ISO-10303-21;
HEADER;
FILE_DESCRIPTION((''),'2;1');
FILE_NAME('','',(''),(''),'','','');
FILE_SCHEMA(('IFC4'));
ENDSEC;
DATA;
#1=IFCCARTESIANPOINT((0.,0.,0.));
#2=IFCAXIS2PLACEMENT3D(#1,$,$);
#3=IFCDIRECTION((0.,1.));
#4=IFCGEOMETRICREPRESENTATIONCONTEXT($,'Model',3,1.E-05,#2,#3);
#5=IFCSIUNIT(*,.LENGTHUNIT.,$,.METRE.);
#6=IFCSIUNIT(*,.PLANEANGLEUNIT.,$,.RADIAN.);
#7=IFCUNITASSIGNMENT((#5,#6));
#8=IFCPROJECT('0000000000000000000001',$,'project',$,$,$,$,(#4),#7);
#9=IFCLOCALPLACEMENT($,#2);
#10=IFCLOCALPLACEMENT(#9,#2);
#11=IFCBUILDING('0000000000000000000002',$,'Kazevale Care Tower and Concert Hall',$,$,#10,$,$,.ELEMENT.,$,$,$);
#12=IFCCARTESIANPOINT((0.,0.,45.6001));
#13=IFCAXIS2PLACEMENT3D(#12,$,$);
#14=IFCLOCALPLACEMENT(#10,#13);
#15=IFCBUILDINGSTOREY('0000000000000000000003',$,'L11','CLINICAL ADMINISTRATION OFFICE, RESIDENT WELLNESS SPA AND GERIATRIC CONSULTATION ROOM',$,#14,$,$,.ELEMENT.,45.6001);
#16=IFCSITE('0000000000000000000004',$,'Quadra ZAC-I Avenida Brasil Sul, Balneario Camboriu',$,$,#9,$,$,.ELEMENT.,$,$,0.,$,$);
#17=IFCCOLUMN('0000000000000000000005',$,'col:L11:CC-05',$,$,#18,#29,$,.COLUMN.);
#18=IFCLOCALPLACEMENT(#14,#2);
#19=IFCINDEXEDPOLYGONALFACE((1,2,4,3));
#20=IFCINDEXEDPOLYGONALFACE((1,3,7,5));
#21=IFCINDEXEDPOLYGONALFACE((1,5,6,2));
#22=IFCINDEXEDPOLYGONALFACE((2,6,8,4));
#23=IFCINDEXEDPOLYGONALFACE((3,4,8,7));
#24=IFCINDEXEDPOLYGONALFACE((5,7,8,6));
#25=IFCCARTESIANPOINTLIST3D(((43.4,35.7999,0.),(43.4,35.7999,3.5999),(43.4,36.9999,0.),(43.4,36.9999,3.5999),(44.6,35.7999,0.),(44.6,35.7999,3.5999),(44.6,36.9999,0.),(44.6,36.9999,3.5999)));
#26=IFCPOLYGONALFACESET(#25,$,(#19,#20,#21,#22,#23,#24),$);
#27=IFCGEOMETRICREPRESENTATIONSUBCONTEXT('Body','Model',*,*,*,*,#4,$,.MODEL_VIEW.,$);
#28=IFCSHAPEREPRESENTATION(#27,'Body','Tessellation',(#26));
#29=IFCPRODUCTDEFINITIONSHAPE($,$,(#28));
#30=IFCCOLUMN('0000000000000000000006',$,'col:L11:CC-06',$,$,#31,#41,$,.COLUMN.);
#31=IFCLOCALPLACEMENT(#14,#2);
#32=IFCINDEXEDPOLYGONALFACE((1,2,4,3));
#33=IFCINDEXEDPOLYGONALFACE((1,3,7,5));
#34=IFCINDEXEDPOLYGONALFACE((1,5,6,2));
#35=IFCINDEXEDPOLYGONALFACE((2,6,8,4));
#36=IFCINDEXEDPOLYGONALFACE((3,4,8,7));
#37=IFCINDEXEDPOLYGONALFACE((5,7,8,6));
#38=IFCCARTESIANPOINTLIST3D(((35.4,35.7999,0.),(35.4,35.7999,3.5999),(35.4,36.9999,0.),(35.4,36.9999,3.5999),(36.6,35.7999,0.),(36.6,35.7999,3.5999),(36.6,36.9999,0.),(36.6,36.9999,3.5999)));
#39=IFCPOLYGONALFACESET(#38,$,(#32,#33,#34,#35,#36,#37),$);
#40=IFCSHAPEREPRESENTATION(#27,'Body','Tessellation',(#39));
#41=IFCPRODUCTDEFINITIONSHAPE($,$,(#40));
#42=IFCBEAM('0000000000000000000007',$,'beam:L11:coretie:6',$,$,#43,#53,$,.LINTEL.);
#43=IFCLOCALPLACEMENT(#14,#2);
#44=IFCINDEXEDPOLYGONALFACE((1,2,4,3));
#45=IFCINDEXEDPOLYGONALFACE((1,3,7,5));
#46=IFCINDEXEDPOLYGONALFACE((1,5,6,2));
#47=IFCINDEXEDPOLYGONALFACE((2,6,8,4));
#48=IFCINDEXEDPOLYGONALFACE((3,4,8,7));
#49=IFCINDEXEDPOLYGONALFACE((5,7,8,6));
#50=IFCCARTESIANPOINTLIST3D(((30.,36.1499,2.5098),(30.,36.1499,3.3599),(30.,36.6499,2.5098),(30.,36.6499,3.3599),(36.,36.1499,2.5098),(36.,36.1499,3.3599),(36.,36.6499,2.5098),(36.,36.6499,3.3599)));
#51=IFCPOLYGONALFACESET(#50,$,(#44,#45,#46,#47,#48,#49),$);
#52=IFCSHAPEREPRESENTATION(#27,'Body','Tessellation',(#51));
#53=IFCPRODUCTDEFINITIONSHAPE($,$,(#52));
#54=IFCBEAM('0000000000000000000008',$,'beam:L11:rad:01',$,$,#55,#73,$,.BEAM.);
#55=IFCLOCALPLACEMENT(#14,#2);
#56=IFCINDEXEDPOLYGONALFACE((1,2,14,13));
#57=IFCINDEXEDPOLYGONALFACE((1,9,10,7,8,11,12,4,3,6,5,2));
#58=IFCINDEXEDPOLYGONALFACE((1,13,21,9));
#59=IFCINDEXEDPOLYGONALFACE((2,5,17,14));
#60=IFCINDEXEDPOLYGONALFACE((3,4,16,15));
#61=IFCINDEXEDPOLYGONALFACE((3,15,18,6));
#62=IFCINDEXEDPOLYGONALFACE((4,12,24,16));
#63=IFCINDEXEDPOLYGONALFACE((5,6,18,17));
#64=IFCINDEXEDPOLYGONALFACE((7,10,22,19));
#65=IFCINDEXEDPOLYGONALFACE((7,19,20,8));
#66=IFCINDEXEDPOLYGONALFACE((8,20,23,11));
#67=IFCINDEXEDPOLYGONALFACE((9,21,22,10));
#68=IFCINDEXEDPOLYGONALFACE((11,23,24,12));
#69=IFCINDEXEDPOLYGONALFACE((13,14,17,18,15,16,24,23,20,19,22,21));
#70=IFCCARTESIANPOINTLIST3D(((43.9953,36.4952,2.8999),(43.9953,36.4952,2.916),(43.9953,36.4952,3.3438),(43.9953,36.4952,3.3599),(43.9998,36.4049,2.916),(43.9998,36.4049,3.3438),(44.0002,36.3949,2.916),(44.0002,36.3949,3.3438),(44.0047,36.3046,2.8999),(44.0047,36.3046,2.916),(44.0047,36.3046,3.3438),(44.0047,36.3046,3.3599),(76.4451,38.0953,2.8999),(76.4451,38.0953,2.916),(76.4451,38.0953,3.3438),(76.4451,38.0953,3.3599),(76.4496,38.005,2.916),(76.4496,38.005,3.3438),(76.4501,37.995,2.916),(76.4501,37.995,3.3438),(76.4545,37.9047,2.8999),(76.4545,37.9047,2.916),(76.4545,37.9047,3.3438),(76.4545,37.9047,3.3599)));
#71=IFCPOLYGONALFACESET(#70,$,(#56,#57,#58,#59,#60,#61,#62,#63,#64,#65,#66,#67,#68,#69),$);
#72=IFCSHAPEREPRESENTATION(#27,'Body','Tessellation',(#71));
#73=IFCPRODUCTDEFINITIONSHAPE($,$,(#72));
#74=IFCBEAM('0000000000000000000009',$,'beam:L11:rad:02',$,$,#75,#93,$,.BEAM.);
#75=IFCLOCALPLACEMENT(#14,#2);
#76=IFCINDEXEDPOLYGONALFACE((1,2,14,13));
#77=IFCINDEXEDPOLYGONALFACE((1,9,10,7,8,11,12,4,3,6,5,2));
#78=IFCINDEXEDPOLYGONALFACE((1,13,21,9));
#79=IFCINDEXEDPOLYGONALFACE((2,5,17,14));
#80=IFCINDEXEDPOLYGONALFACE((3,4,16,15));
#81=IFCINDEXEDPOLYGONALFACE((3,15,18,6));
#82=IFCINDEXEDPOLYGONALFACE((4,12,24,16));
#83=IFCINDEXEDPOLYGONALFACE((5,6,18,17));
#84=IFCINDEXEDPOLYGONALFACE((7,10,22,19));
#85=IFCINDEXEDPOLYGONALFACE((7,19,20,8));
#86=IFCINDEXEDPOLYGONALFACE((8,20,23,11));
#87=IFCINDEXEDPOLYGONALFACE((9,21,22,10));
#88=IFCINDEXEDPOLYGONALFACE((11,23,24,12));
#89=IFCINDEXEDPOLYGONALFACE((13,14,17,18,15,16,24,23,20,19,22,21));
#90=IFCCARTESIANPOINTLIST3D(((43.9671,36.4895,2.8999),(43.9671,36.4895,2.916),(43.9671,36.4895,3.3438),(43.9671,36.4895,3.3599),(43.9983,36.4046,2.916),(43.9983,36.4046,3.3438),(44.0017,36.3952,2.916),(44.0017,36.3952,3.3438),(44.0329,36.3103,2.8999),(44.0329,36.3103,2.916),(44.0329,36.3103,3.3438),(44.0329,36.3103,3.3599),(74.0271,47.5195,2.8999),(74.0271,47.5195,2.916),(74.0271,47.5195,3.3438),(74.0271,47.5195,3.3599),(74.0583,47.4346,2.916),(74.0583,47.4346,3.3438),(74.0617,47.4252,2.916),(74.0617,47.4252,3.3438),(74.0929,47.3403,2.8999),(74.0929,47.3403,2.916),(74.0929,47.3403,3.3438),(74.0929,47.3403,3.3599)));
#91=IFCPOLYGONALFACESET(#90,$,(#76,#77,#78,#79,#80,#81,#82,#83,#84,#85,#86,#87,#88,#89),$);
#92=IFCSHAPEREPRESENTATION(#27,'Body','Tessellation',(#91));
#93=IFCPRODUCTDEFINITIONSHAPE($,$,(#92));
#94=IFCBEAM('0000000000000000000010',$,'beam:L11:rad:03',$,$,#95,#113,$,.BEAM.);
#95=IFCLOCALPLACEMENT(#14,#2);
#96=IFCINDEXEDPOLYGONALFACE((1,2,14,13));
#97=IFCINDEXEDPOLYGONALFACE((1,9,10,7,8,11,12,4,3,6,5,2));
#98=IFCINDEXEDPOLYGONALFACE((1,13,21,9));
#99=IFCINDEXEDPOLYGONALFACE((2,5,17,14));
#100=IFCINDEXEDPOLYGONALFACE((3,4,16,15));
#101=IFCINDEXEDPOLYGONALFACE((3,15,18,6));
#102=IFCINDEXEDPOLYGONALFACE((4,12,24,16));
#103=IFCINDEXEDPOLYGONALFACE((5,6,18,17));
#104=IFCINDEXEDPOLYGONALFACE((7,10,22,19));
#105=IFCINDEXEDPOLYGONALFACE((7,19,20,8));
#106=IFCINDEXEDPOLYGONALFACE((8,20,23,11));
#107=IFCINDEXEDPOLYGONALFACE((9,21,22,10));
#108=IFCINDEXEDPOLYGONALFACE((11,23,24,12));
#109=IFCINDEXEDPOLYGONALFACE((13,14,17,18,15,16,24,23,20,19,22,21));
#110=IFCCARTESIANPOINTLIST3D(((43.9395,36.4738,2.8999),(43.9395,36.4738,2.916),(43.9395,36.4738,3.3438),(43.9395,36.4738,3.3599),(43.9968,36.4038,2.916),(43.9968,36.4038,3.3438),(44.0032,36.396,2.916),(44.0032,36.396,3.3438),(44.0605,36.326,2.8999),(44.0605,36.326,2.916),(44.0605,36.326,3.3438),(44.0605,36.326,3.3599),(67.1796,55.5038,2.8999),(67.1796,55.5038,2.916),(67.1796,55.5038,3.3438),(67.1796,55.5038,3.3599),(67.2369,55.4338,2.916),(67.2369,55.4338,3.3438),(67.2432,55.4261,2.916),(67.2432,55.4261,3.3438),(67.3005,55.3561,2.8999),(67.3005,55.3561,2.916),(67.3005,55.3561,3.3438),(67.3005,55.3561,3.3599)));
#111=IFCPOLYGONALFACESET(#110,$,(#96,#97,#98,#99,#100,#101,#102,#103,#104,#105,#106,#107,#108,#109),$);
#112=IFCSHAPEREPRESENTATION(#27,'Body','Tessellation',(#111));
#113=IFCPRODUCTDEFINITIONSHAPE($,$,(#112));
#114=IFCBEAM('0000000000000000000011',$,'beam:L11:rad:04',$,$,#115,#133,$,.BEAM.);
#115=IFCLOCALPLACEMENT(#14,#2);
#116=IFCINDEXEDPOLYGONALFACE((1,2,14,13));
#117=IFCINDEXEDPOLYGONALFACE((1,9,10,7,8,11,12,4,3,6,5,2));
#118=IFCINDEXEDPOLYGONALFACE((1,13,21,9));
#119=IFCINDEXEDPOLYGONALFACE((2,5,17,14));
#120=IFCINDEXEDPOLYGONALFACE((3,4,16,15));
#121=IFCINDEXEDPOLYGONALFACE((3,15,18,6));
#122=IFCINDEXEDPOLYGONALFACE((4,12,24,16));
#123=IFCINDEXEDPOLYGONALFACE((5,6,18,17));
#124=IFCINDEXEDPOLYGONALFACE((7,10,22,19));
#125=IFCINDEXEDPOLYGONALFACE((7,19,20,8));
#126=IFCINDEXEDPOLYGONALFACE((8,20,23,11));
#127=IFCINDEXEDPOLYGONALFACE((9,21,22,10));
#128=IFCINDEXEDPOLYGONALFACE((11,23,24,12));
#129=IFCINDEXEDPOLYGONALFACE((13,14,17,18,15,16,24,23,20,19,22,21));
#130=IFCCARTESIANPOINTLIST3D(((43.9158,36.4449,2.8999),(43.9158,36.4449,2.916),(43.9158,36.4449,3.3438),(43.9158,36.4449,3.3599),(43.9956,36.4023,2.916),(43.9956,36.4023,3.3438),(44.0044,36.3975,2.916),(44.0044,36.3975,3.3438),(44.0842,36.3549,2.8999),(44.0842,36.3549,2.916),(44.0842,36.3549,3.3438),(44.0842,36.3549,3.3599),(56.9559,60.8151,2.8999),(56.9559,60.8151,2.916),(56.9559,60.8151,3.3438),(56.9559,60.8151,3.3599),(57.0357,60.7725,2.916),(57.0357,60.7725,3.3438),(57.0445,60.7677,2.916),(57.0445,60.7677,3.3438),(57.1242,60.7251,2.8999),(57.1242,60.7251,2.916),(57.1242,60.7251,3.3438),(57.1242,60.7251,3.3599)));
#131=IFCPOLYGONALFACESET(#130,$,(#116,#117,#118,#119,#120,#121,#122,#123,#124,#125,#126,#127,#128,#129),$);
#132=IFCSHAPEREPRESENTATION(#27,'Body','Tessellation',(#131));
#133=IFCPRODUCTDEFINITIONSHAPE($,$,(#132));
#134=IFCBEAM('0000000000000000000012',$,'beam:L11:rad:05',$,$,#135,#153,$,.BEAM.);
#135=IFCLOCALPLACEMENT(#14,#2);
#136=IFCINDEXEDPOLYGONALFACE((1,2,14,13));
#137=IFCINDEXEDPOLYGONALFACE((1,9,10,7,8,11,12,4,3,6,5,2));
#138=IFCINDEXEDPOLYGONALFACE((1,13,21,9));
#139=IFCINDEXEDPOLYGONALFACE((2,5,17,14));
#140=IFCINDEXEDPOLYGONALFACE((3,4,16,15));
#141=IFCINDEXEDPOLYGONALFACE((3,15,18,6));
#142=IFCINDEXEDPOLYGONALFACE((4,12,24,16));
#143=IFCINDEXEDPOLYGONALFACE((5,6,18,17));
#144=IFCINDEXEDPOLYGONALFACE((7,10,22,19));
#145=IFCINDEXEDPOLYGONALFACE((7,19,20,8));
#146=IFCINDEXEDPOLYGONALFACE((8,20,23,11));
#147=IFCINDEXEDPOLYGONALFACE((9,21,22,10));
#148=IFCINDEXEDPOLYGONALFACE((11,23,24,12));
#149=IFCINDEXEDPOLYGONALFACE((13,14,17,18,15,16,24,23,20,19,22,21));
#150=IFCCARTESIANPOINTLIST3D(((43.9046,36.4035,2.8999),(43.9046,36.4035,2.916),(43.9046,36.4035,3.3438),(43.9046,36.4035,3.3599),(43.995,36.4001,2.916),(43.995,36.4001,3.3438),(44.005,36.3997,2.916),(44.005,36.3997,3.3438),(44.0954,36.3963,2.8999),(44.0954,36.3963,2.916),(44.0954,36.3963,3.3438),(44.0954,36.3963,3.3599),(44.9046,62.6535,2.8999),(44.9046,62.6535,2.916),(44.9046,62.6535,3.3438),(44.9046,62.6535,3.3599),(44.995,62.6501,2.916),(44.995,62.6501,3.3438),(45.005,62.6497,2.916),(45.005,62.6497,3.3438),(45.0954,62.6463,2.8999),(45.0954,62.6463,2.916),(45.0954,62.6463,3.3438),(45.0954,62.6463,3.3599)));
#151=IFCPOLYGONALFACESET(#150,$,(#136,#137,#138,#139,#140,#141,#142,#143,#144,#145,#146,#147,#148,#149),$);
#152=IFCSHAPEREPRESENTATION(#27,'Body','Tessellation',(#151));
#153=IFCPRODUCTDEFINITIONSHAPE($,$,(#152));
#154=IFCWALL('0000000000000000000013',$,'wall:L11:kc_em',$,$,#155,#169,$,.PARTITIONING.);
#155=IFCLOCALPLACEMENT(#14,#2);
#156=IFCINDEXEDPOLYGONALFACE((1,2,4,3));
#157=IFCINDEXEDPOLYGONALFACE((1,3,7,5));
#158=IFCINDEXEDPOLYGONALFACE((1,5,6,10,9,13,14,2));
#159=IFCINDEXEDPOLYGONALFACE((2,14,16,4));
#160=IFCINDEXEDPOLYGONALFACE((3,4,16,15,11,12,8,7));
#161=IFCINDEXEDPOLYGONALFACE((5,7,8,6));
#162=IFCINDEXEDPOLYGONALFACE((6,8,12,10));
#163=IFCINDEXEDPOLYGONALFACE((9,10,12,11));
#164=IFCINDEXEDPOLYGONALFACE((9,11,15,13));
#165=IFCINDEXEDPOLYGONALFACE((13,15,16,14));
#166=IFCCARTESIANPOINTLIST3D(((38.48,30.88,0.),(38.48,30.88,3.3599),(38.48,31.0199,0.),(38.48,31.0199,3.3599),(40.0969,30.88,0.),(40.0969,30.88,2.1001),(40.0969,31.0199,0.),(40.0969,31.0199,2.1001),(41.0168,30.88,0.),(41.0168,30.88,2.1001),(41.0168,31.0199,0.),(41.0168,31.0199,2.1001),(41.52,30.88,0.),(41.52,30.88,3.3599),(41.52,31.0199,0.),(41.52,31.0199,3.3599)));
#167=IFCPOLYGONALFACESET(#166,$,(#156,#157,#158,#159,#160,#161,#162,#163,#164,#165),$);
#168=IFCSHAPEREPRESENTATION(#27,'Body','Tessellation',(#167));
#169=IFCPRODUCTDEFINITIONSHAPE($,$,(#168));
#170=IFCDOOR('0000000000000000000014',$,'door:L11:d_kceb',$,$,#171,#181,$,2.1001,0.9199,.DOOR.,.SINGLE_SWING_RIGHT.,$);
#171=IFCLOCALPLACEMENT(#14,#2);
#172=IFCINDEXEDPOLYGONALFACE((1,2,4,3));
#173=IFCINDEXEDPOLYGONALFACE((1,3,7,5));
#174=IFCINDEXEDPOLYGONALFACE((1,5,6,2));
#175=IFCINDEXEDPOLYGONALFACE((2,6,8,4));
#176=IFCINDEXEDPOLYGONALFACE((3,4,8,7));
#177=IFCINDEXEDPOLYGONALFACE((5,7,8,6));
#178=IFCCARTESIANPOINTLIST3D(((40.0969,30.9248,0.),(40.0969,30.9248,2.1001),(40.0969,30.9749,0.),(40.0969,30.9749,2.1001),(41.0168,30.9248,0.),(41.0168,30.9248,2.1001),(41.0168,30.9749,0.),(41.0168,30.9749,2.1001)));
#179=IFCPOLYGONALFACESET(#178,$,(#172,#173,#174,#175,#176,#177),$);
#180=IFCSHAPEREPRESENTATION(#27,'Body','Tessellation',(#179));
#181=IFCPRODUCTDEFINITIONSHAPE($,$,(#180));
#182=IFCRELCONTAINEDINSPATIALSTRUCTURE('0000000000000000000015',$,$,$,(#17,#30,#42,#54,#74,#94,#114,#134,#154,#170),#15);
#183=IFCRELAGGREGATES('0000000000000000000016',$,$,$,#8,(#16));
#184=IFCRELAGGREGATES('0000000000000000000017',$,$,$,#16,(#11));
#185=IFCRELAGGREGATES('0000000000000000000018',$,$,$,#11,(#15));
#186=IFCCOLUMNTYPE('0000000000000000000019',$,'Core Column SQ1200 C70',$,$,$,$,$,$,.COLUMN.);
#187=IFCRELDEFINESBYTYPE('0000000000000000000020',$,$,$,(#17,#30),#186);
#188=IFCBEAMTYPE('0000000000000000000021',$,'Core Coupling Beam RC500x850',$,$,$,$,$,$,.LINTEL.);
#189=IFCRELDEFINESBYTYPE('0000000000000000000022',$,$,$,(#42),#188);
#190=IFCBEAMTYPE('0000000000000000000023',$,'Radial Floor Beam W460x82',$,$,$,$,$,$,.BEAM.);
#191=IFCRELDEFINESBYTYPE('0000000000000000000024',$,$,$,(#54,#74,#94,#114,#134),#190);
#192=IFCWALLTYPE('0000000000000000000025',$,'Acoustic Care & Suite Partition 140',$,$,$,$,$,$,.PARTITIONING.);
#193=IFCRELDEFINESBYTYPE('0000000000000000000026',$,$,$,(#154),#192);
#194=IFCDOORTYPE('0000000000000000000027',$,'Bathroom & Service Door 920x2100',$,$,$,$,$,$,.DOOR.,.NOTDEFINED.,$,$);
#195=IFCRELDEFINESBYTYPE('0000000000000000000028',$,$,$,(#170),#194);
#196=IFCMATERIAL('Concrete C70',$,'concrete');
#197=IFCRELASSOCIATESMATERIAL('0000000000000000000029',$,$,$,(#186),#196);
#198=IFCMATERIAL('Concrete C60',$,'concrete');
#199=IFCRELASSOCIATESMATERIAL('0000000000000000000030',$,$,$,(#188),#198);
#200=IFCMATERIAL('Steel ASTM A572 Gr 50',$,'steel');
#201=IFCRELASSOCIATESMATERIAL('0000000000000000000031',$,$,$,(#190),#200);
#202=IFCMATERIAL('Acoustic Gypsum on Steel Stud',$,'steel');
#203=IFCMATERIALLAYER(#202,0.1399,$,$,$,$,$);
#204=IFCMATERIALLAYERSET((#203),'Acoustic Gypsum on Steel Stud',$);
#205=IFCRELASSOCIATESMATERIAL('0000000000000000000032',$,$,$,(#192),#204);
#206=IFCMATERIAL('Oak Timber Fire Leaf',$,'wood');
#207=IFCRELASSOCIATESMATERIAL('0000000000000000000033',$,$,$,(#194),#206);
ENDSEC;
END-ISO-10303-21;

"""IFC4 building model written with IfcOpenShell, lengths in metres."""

from ifc_helpers import new_model, si_unit, direction, frame, frame_2d, origin, origin_2d, place, context, subcontext, project, spatial, rectangle, i_section, extrude, material, layer, layer_set, material_profile, profile_set, type_object, element, fill, save


model = new_model("IFC4")

# Units and contexts
model_context = context("Model", 3, precision=1e-05, world=origin(), true_north=direction((0.0, 1.0)))
body_context = subcontext(model_context, "Body", "Model", "MODEL_VIEW")
ifc_project = project(units=[si_unit("LENGTHUNIT", "METRE"), si_unit("PLANEANGLEUNIT", "RADIAN")], contexts=[model_context])

# Site, building, storey
site_placement = place(None, origin())
site = spatial("IfcSite", under=ifc_project, at=site_placement, Name="Quadra ZAC-I Avenida Brasil Sul, Balneario Camboriu", CompositionType="ELEMENT", RefElevation=0.0)
building_placement = place(site_placement, origin())
building = spatial("IfcBuilding", under=site, at=building_placement, Name="Kazevale Care Tower and Concert Hall", CompositionType="ELEMENT")
storey_placement = place(building_placement, frame((0.0, 0.0, 45.6001)))
storey = spatial("IfcBuildingStorey", under=building, at=storey_placement, Name="L11", Description="CLINICAL ADMINISTRATION OFFICE, RESIDENT WELLNESS SPA AND GERIATRIC CONSULTATION ROOM", CompositionType="ELEMENT", Elevation=45.6001)

# Columns
ifc_material_1 = material(Name="Concrete C70", Category="concrete")
ifc_material_profile_1 = material_profile(ifc_material_1, rectangle(XDim=1.2, YDim=1.2, at=origin_2d()), Name="RC-SQ1200")
ifc_profile_set_1 = profile_set([ifc_material_profile_1], Name="Concrete C70")
column_type = type_object("IfcColumnType", Name="Core Column SQ1200 C70", PredefinedType="COLUMN", material=ifc_profile_set_1)
for number, where, z_axis, x_axis, name in (
    (1, (44.0, 36.3999, 0.0), (0.0, 0.0, 1.0), (1.0, 0.0, 0.0), "col:L11:CC-05"),
    (2, (36.0, 36.3999, 0.0), (0.0, 0.0, 1.0), (1.0, 0.0, 0.0), "col:L11:CC-06"),
):
    element("IfcColumn", number, at=place(storey_placement, frame(where, z_axis=z_axis, x_axis=x_axis)), inside=storey, type_object=column_type, Name=name, PredefinedType="COLUMN", context=body_context, shape_type="SweptSolid", body=[
        extrude(rectangle(XDim=1.2, YDim=1.2, at=origin_2d()), origin(), (0.0, 0.0, 1.0), 3.5999),
    ])

# Beams
ifc_material_2 = material(Name="Concrete C60", Category="concrete")
ifc_material_profile_2 = material_profile(ifc_material_2, rectangle(XDim=0.5, YDim=0.8501, at=origin_2d()), Name="RC-B500x850")
ifc_profile_set_2 = profile_set([ifc_material_profile_2], Name="Concrete C60")
beam_type_1 = type_object("IfcBeamType", Name="Core Coupling Beam RC500x850", PredefinedType="LINTEL", material=ifc_profile_set_2)
beam_1_placement = place(storey_placement, frame((36.0, 36.3999, 2.9348), z_axis=(-1.0, 0.0, 0.0), x_axis=(0.0, -1.0, 0.0)))
element("IfcBeam", 3, at=beam_1_placement, inside=storey, type_object=beam_type_1, Name="beam:L11:coretie:6", PredefinedType="LINTEL", context=body_context, shape_type="SweptSolid", body=[
    extrude(rectangle(XDim=0.5, YDim=0.8501, at=origin_2d()), origin(), (0.0, 0.0, 1.0), 6.0),
])
ifc_material_3 = material(Name="Steel ASTM A572 Gr 50", Category="steel")
ifc_material_profile_3 = material_profile(ifc_material_3, i_section(OverallWidth=0.1909, OverallDepth=0.46, WebThickness=0.01, FlangeThickness=0.0161, at=origin_2d()), Name="W460x82")
ifc_profile_set_3 = profile_set([ifc_material_profile_3], Name="Steel ASTM A572 Gr 50")
beam_type_2 = type_object("IfcBeamType", Name="Radial Floor Beam W460x82", PredefinedType="BEAM", material=ifc_profile_set_3)
beam_2_placement = place(storey_placement, frame((44.0, 36.3999, 3.1299), z_axis=(0.998786, 0.04925, 0.0), x_axis=(-0.04925, 0.998786, 0.0)))
element("IfcBeam", 4, at=beam_2_placement, inside=storey, type_object=beam_type_2, Name="beam:L11:rad:01", PredefinedType="BEAM", context=body_context, shape_type="SweptSolid", body=[
    extrude(i_section(OverallWidth=0.1909, OverallDepth=0.46, WebThickness=0.01, FlangeThickness=0.0161, at=origin_2d()), origin(), (0.0, 0.0, 1.0), 32.4893),
])
beam_3_placement = place(storey_placement, frame((44.0, 36.3999, 3.1299), z_axis=(0.938795, 0.344475, 0.0), x_axis=(-0.344475, 0.938795, 0.0)))
element("IfcBeam", 5, at=beam_3_placement, inside=storey, type_object=beam_type_2, Name="beam:L11:rad:02", PredefinedType="BEAM", context=body_context, shape_type="SweptSolid", body=[
    extrude(i_section(OverallWidth=0.1909, OverallDepth=0.46, WebThickness=0.01, FlangeThickness=0.0161, at=origin_2d()), origin(), (0.0, 0.0, 1.0), 32.0198),
])
beam_4_placement = place(storey_placement, frame((44.0, 36.3999, 3.1299), z_axis=(0.773704, 0.633547, 0.0), x_axis=(-0.633547, 0.773704, 0.0)))
element("IfcBeam", 6, at=beam_4_placement, inside=storey, type_object=beam_type_2, Name="beam:L11:rad:03", PredefinedType="BEAM", context=body_context, shape_type="SweptSolid", body=[
    extrude(i_section(OverallWidth=0.1909, OverallDepth=0.46, WebThickness=0.01, FlangeThickness=0.0161, at=origin_2d()), origin(), (0.0, 0.0, 1.0), 30.0374),
])
beam_5_placement = place(storey_placement, frame((44.0, 36.3999, 3.1299), z_axis=(0.471789, 0.881712, 0.0), x_axis=(-0.881712, 0.471789, 0.0)))
element("IfcBeam", 7, at=beam_5_placement, inside=storey, type_object=beam_type_2, Name="beam:L11:rad:04", PredefinedType="BEAM", context=body_context, shape_type="SweptSolid", body=[
    extrude(i_section(OverallWidth=0.1909, OverallDepth=0.46, WebThickness=0.01, FlangeThickness=0.0161, at=origin_2d()), origin(), (0.0, 0.0, 1.0), 27.6396),
])
beam_6_placement = place(storey_placement, frame((44.0, 36.3999, 3.1299), z_axis=(0.038068, 0.999275, 0.0), x_axis=(-0.999275, 0.038068, 0.0)))
element("IfcBeam", 8, at=beam_6_placement, inside=storey, type_object=beam_type_2, Name="beam:L11:rad:05", PredefinedType="BEAM", context=body_context, shape_type="SweptSolid", body=[
    extrude(i_section(OverallWidth=0.1909, OverallDepth=0.46, WebThickness=0.01, FlangeThickness=0.0161, at=origin_2d()), origin(), (0.0, 0.0, 1.0), 26.269),
])

# Wall, opening, door
ifc_material_4 = material(Name="Acoustic Gypsum on Steel Stud", Category="steel")
ifc_layer_1 = layer(ifc_material_4, 0.1399)
ifc_layer_set_1 = layer_set([ifc_layer_1], Name="Acoustic Gypsum on Steel Stud")
wall_type_1 = type_object("IfcWallType", Name="Acoustic Care & Suite Partition 140", PredefinedType="PARTITIONING", material=ifc_layer_set_1)
wall_1_placement = place(storey_placement, frame((38.48, 30.95, 0.0), z_axis=(0.0, 0.0, 1.0), x_axis=(1.0, 0.0, 0.0)))
wall_1 = element("IfcWall", 9, at=wall_1_placement, inside=storey, type_object=wall_type_1, Name="wall:L11:kc_em", PredefinedType="PARTITIONING", context=body_context, shape_type="SweptSolid", body=[
    extrude(rectangle(XDim=3.04, YDim=0.1399, at=frame_2d((1.52, 0.0))), origin(), (0.0, 0.0, 1.0), 3.3599),
])
opening_1_placement = place(wall_1_placement, frame((1.6169, 0.0, 0.0)))
opening_1 = element("IfcOpeningElement", 10, at=opening_1_placement, cuts=wall_1, PredefinedType="OPENING", context=body_context, shape_type="SweptSolid", body=[
    extrude(rectangle(XDim=0.9199, YDim=2.1001, at=frame_2d((0.46, 1.05))), frame((0.0, 0.0798, 0.0), z_axis=(0.0, -1.0, 0.0), x_axis=(1.0, 0.0, 0.0)), (0.0, 0.0, 1.0), 0.1599),
])
ifc_material_5 = material(Name="Oak Timber Fire Leaf", Category="wood")
door_type_1 = type_object("IfcDoorType", Name="Bathroom & Service Door 920x2100", OperationType="NOTDEFINED", PredefinedType="DOOR", material=ifc_material_5)
door_1_placement = place(opening_1_placement, origin())
door_1 = element("IfcDoor", 11, at=door_1_placement, inside=storey, type_object=door_type_1, Name="door:L11:d_kceb", OperationType="SINGLE_SWING_RIGHT", OverallHeight=2.1001, OverallWidth=0.9199, PredefinedType="DOOR", context=body_context, shape_type="SweptSolid", body=[
    extrude(rectangle(XDim=0.9199, YDim=2.1001, at=frame_2d((0.46, 1.05))), frame((0.0, 0.0249, 0.0), z_axis=(0.0, -1.0, 0.0), x_axis=(1.0, 0.0, 0.0)), (0.0, 0.0, 1.0), 0.05),
])
fill(opening_1, door_1)

save(model, "model.ifc")
